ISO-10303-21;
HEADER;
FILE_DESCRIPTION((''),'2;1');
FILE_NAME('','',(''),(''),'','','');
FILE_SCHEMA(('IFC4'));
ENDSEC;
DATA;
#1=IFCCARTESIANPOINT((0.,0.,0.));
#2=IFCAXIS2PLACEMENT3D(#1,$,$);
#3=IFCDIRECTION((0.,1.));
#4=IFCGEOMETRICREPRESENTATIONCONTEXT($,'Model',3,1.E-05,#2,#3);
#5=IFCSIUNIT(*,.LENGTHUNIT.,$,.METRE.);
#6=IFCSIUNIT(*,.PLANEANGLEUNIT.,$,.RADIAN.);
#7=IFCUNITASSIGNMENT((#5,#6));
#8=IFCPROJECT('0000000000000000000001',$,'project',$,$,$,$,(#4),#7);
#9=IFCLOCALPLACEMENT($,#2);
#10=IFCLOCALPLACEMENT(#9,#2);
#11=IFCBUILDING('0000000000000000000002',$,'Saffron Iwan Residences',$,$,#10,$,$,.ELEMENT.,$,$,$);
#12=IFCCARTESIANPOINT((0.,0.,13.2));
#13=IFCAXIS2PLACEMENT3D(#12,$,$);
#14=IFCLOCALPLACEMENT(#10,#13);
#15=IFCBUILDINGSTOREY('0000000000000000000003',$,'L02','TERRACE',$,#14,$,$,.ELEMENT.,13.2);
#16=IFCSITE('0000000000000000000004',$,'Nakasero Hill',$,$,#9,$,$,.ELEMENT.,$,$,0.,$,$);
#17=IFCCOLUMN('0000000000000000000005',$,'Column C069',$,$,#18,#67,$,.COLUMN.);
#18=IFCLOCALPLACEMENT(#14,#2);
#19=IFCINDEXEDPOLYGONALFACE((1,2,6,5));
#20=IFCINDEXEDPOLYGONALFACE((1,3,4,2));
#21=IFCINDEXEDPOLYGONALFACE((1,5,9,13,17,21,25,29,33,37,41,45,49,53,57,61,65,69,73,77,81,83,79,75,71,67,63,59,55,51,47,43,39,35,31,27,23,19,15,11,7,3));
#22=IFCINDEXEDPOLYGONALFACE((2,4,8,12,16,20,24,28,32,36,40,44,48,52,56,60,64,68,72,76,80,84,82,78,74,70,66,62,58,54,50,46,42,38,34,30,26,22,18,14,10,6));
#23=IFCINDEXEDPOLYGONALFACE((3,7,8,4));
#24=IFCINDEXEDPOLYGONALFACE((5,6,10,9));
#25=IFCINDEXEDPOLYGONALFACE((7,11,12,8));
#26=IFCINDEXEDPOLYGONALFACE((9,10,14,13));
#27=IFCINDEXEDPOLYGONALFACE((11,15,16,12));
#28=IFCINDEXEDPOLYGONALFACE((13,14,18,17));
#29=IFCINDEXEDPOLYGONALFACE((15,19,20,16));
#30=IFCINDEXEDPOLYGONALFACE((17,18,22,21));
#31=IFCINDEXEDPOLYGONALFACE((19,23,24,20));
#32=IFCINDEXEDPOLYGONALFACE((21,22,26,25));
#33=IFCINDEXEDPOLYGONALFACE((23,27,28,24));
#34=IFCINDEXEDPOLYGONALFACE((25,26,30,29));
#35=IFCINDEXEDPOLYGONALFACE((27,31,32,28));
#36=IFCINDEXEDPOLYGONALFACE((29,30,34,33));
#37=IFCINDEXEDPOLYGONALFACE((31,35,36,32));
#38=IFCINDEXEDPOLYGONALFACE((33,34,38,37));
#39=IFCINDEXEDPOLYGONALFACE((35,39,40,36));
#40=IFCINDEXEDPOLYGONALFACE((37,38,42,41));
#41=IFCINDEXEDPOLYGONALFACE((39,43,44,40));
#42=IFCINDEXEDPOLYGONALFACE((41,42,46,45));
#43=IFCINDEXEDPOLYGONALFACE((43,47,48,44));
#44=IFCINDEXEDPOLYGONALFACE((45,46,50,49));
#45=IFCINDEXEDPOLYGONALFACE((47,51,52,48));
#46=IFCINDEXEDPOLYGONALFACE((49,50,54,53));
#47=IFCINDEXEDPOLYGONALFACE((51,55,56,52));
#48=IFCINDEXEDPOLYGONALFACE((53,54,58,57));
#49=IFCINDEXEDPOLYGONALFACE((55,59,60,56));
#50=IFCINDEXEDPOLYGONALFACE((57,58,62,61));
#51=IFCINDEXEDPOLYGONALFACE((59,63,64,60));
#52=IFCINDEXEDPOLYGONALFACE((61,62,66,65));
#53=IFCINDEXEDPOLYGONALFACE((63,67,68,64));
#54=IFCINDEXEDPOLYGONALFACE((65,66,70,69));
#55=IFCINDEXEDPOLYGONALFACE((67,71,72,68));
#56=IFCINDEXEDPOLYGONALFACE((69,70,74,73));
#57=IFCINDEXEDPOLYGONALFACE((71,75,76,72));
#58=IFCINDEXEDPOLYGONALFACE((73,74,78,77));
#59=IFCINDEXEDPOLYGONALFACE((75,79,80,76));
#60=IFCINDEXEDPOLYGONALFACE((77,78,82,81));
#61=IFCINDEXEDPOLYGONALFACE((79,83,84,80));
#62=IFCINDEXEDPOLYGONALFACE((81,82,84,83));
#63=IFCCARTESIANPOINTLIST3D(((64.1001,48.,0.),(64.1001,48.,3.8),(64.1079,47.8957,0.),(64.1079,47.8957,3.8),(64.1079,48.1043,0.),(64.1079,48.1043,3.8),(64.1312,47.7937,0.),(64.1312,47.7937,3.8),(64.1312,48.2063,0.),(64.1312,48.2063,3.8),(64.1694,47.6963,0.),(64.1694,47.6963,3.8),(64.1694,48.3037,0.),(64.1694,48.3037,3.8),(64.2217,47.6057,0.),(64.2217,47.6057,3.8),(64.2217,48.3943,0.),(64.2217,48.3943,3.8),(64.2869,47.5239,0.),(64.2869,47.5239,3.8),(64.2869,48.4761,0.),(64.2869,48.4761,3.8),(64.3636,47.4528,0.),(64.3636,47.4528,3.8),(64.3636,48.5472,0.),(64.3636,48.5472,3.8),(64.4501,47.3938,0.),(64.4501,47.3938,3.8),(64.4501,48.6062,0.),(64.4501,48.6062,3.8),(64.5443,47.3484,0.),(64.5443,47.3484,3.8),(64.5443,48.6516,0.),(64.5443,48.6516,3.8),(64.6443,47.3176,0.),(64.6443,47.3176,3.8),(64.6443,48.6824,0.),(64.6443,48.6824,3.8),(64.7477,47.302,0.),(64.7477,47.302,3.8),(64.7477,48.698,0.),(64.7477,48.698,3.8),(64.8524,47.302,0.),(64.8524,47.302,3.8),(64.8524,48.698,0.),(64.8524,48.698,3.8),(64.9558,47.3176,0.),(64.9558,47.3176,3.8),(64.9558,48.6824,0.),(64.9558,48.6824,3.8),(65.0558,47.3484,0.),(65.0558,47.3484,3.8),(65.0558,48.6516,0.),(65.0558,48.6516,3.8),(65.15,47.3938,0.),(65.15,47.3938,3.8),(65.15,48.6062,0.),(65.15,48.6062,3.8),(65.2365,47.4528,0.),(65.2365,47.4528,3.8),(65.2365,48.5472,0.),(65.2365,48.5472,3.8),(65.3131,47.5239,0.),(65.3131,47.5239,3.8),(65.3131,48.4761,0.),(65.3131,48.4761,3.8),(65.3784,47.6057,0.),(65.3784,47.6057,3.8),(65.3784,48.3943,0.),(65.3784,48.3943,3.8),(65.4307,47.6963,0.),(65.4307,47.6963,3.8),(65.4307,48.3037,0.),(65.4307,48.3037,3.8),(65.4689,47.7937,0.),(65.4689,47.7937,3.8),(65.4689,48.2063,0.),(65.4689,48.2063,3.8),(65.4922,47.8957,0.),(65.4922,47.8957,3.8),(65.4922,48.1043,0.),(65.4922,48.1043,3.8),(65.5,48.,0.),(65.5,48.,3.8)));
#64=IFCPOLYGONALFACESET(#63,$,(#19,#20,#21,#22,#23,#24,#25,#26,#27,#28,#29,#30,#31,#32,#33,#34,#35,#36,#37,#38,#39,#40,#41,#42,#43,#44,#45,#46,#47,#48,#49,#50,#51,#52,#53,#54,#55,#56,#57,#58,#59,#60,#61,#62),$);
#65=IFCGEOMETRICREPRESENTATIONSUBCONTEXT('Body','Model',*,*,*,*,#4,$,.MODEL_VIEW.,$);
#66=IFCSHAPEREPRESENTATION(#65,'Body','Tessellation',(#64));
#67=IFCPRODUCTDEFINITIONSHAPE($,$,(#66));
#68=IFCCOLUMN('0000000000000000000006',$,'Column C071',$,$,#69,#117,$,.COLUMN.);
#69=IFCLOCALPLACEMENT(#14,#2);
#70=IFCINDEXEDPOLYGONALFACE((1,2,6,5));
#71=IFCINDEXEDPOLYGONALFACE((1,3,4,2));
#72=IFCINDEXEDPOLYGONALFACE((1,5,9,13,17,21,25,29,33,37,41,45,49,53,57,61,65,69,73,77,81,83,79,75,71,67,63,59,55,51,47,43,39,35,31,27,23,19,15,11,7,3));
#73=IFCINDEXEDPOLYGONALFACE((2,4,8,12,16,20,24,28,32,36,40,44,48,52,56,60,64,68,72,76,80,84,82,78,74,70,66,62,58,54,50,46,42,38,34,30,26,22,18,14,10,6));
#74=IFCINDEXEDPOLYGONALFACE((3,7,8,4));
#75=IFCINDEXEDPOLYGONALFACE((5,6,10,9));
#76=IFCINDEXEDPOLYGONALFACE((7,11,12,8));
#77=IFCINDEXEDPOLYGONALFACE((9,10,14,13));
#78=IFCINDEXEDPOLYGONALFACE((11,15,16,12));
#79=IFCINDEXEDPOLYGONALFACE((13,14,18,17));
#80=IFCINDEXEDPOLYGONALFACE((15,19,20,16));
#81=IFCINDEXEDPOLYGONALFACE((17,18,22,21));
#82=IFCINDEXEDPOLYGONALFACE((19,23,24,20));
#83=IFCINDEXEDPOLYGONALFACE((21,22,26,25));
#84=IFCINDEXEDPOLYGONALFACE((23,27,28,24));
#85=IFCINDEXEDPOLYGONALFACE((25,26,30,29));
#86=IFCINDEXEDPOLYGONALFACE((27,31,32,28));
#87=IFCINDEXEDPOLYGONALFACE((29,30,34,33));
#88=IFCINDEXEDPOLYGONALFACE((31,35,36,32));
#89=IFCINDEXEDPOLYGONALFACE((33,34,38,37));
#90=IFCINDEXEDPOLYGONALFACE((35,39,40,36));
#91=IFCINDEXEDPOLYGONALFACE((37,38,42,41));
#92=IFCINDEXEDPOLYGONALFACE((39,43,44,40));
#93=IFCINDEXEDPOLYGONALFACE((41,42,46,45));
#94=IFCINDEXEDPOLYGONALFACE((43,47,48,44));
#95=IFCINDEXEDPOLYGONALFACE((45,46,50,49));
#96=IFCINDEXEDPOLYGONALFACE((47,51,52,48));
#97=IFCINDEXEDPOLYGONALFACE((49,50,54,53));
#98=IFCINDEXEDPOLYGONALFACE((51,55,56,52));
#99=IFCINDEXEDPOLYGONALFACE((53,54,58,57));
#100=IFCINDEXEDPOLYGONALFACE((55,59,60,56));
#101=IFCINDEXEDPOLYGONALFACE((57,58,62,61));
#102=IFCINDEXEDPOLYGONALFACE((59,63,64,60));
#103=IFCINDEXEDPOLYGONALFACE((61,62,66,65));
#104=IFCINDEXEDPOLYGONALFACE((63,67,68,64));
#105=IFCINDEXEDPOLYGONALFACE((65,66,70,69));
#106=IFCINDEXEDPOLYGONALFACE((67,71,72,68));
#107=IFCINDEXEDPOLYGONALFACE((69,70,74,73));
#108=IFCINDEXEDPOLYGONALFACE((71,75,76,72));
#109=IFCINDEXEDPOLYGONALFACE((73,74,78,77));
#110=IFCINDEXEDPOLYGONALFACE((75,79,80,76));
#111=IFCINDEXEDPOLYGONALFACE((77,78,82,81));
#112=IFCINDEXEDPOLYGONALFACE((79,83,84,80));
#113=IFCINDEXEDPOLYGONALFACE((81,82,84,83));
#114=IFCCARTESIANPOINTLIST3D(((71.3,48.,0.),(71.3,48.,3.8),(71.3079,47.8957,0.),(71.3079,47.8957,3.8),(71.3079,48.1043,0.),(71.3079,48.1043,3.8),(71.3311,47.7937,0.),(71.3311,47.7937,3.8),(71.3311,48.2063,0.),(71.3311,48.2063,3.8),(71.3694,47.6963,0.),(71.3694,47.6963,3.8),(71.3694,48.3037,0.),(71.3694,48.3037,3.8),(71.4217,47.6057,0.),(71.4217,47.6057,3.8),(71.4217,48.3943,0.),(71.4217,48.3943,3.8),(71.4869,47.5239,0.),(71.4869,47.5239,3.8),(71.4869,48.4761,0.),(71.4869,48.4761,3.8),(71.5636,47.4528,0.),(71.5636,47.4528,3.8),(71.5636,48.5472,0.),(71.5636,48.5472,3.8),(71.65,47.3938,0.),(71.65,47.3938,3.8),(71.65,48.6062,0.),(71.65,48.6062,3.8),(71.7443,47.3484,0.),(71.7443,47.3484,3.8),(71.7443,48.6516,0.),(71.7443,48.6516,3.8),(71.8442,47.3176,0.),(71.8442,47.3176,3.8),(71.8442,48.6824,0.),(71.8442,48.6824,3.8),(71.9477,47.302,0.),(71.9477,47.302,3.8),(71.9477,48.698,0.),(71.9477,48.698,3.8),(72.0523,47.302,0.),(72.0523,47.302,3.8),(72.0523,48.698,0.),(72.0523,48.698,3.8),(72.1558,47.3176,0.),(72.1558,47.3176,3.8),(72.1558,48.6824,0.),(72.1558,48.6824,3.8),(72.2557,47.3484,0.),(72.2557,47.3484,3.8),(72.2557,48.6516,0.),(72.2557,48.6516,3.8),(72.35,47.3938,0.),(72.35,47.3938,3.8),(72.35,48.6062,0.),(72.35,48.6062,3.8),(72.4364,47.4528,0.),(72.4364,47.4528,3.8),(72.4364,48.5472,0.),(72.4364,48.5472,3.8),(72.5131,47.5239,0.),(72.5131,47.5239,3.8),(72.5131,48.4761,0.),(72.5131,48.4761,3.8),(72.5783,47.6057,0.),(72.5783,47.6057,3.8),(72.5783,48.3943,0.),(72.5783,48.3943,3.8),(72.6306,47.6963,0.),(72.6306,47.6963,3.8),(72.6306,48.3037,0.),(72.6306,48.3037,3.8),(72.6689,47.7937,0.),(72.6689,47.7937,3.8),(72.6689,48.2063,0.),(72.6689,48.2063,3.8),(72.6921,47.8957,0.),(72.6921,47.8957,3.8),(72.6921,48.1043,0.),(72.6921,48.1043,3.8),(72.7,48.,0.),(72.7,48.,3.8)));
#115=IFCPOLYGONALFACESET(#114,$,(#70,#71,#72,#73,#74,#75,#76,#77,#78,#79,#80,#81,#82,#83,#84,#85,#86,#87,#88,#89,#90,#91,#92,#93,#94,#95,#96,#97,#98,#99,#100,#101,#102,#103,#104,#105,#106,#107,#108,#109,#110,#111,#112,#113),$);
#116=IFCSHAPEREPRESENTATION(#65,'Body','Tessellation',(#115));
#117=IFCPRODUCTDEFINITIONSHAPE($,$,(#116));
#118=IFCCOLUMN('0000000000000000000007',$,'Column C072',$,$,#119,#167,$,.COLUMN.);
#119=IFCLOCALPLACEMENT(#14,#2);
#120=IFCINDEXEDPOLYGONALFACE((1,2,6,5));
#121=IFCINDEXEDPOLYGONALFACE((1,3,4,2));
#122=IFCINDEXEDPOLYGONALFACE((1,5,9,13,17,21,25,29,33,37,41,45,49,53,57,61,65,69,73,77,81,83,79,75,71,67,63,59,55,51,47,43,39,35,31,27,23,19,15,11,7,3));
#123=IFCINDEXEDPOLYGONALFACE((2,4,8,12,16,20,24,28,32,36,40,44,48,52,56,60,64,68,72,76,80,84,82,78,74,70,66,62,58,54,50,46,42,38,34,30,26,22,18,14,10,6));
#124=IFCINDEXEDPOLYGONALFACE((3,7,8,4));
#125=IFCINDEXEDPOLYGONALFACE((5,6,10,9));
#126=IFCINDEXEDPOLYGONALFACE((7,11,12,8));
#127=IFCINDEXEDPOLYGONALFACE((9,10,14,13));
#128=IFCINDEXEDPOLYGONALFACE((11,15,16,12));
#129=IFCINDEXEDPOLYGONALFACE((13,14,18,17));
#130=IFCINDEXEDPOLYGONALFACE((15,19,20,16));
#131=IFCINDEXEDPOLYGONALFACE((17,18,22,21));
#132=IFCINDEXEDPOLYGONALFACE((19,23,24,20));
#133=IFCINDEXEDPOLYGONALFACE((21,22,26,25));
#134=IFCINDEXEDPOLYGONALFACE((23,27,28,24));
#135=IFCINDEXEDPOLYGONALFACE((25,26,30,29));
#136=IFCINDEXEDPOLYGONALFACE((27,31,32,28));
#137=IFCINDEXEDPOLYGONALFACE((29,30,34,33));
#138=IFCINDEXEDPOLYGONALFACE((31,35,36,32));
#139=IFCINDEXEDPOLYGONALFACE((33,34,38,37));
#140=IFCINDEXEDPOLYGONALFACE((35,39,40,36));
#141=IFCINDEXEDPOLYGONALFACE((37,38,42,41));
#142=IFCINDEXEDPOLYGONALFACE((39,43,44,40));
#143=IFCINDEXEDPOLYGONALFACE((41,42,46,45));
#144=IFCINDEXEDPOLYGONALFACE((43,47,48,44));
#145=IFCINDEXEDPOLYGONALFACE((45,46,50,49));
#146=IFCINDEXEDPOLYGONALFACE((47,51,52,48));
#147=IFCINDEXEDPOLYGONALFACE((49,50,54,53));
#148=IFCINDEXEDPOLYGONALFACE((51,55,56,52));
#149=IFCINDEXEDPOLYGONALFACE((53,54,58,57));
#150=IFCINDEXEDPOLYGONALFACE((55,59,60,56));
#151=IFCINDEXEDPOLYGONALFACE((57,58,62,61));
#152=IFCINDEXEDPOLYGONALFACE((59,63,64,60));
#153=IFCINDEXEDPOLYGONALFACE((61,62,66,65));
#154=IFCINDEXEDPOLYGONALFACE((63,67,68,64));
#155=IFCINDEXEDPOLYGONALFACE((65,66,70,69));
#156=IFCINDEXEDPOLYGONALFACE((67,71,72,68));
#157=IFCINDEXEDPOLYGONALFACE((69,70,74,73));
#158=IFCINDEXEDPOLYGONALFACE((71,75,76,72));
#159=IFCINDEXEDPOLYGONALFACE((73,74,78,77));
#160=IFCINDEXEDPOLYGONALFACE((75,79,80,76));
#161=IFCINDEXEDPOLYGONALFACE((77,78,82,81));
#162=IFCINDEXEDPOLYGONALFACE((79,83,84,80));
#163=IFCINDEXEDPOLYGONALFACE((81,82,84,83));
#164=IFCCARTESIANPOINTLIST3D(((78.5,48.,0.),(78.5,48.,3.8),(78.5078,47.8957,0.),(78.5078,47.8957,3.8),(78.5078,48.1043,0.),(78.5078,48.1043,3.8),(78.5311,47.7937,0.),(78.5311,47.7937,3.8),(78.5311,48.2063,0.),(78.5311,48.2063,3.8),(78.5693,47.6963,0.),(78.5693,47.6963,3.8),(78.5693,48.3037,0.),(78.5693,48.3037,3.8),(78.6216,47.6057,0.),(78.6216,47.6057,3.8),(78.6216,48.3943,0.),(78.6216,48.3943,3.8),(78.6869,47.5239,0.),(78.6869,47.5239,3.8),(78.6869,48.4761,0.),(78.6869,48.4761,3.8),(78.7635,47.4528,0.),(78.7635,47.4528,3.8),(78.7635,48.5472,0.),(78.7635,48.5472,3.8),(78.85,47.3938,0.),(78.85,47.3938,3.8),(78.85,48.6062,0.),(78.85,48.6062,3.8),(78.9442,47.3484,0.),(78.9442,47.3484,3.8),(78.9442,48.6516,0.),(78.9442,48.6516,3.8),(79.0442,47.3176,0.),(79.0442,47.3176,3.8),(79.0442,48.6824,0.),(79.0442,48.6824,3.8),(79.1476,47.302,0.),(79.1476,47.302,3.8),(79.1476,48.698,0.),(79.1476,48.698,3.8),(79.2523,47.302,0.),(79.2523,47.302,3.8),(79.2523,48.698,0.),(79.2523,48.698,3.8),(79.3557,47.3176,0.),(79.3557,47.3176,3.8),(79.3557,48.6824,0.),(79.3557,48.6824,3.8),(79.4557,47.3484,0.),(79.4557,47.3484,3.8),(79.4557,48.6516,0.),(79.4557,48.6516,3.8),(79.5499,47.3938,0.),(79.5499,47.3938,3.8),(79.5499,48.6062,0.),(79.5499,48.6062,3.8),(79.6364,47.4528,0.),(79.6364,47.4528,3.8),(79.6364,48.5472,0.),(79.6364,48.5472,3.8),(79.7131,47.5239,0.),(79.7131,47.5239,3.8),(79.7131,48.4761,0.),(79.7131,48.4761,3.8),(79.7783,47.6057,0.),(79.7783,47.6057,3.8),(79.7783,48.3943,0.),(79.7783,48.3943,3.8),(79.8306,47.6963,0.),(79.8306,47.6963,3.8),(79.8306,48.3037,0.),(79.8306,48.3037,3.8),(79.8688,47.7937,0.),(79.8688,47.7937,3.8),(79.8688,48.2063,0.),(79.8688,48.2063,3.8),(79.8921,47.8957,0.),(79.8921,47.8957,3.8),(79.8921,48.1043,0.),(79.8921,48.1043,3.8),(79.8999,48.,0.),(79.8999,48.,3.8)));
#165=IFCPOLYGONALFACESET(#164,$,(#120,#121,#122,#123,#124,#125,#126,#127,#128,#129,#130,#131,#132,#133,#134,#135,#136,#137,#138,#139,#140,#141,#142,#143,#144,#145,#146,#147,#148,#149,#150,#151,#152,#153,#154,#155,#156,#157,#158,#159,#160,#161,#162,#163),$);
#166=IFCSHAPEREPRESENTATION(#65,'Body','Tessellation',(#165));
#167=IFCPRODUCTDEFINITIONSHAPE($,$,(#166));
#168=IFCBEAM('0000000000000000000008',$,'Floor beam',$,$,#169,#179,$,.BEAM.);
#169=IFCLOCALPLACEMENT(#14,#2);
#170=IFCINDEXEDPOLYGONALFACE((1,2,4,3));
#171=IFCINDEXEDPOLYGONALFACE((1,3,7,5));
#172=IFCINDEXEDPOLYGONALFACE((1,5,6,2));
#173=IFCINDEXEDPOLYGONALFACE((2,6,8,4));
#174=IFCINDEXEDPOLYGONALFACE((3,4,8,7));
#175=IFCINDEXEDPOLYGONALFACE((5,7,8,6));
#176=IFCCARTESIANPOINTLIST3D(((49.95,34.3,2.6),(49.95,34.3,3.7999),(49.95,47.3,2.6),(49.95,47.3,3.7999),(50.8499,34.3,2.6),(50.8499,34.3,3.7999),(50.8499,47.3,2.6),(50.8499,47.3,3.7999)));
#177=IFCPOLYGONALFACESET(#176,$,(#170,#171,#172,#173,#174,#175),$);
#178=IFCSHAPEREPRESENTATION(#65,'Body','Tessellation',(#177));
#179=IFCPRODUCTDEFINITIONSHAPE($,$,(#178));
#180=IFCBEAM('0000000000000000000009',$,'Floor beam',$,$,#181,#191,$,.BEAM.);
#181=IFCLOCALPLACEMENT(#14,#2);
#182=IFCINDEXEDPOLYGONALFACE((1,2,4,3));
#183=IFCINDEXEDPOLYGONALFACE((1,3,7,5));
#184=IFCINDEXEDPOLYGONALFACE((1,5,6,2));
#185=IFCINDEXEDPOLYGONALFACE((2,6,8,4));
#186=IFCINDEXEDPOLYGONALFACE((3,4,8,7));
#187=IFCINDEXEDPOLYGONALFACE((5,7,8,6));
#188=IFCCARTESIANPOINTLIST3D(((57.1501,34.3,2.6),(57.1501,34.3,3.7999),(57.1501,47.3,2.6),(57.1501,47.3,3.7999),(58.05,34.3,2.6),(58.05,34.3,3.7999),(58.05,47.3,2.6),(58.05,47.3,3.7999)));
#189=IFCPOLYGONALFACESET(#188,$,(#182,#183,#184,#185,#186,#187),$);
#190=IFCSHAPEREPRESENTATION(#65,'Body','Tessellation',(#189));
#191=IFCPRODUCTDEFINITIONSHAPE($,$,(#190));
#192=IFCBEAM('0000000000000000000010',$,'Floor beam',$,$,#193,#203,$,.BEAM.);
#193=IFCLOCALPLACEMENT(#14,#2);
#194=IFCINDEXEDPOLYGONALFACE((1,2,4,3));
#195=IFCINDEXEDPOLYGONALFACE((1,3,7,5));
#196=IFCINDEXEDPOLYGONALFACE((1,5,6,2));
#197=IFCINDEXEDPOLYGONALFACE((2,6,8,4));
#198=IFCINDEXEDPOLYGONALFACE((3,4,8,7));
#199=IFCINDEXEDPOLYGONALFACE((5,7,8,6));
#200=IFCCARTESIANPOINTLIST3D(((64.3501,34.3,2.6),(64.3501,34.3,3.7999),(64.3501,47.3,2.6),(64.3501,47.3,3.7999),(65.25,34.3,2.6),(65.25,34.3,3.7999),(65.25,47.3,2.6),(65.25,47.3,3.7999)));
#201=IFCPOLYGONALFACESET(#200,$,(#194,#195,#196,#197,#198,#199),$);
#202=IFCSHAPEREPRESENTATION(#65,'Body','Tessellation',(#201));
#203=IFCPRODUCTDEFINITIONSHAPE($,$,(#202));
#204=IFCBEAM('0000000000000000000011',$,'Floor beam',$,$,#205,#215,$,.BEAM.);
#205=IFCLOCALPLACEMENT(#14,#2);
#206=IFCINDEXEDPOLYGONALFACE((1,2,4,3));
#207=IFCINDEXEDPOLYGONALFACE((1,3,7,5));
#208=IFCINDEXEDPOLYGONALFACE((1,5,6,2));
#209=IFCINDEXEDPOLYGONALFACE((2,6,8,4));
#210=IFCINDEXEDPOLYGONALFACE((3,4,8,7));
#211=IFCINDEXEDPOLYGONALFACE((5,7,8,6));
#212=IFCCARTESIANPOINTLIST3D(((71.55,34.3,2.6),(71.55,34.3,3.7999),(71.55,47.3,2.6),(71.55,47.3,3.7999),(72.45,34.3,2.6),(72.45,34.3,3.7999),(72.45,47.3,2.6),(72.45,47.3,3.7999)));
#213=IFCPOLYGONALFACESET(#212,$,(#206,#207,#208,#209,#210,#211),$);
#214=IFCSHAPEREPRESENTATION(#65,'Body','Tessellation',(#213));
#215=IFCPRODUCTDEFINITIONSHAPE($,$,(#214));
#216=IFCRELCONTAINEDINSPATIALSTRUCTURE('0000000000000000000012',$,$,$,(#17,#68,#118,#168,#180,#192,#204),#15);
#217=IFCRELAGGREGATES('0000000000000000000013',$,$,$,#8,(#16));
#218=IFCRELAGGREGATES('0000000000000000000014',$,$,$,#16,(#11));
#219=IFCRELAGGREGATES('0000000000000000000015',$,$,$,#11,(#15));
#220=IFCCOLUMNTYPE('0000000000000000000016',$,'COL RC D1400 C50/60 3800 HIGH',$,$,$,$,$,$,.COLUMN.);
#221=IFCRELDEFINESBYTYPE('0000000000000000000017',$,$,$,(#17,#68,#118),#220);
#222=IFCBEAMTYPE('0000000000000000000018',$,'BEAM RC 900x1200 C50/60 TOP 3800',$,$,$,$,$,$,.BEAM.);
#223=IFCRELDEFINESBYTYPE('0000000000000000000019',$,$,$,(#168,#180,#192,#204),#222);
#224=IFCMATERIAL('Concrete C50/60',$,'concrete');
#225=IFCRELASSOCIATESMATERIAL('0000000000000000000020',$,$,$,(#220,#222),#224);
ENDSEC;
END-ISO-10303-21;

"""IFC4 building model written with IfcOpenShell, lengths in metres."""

from ifc_helpers import new_model, si_unit, direction, frame, origin, origin_2d, place, context, subcontext, project, spatial, rectangle, circle, extrude, source, transform, mapped, material, material_profile, profile_set, type_object, element, save


model = new_model("IFC4")

# Units and contexts
model_context = context("Model", 3, precision=1e-05, world=origin(), true_north=direction((0.0, 1.0)))
body_context = subcontext(model_context, "Body", "Model", "MODEL_VIEW")
ifc_project = project(units=[si_unit("LENGTHUNIT", "METRE"), si_unit("PLANEANGLEUNIT", "RADIAN")], contexts=[model_context])

# Site, building, storey
site_placement = place(None, origin())
site = spatial("IfcSite", under=ifc_project, at=site_placement, Name="Nakasero Hill", CompositionType="ELEMENT", RefElevation=0.0)
building_placement = place(site_placement, origin())
building = spatial("IfcBuilding", under=site, at=building_placement, Name="Saffron Iwan Residences", CompositionType="ELEMENT")
storey_placement = place(building_placement, frame((0.0, 0.0, 13.2)))
storey = spatial("IfcBuildingStorey", under=building, at=storey_placement, Name="L02", Description="TERRACE", CompositionType="ELEMENT", Elevation=13.2)

# Columns
ifc_material_1 = material(Name="Concrete C50/60", Category="concrete")
ifc_material_profile_1 = material_profile(ifc_material_1, circle(Radius=0.7, at=origin_2d()), Name="RC D1400")
ifc_profile_set_1 = profile_set([ifc_material_profile_1], Name="Concrete C50/60")
column_type = type_object("IfcColumnType", Name="COL RC D1400 C50/60 3800 HIGH", PredefinedType="COLUMN", material=ifc_profile_set_1)
shared_shape_1 = source(origin(), body_context, "Body", "SweptSolid", [
    extrude(circle(Radius=0.7, at=origin_2d()), origin(), (0.0, 0.0, 1.0), 3.8),
])
for number, where, z_axis, x_axis, name in (
    (1, (64.8, 48.0, 0.0), (0.0, 0.0, 1.0), (1.0, 0.0, 0.0), "Column C069"),
    (2, (72.0, 48.0, 0.0), (0.0, 0.0, 1.0), (1.0, 0.0, 0.0), "Column C071"),
    (3, (79.2, 48.0, 0.0), (0.0, 0.0, 1.0), (1.0, 0.0, 0.0), "Column C072"),
):
    element("IfcColumn", number, at=place(storey_placement, frame(where, z_axis=z_axis, x_axis=x_axis)), inside=storey, type_object=column_type, Name=name, PredefinedType="COLUMN", context=body_context, shape_type="MappedRepresentation", body=[
        mapped(shared_shape_1, transform((0.0, 0.0, 0.0))),
    ])

# Beams
ifc_material_profile_2 = material_profile(ifc_material_1, rectangle(XDim=0.8999, YDim=1.2, at=origin_2d()), Name="RC 900x1200")
ifc_profile_set_2 = profile_set([ifc_material_profile_2], Name="Concrete C50/60")
beam_type_1 = type_object("IfcBeamType", Name="BEAM RC 900x1200 C50/60 TOP 3800", PredefinedType="BEAM", material=ifc_profile_set_2)
shared_shape_2 = source(origin(), body_context, "Body", "SweptSolid", [
    extrude(rectangle(XDim=0.8999, YDim=1.2, at=origin_2d()), origin(), (0.0, 0.0, 1.0), 13.0),
])
for number, where, z_axis, x_axis, name in (
    (4, (50.3999, 34.3, 3.2), (0.0, 1.0, 0.0), (-1.0, 0.0, 0.0), "Floor beam"),
    (5, (57.6001, 34.3, 3.2), (0.0, 1.0, 0.0), (-1.0, 0.0, 0.0), "Floor beam"),
    (6, (64.8, 34.3, 3.2), (0.0, 1.0, 0.0), (-1.0, 0.0, 0.0), "Floor beam"),
    (7, (72.0, 34.3, 3.2), (0.0, 1.0, 0.0), (-1.0, 0.0, 0.0), "Floor beam"),
):
    element("IfcBeam", number, at=place(storey_placement, frame(where, z_axis=z_axis, x_axis=x_axis)), inside=storey, type_object=beam_type_1, Name=name, PredefinedType="BEAM", context=body_context, shape_type="MappedRepresentation", body=[
        mapped(shared_shape_2, transform((0.0, 0.0, 0.0))),
    ])

save(model, "model.ifc")
